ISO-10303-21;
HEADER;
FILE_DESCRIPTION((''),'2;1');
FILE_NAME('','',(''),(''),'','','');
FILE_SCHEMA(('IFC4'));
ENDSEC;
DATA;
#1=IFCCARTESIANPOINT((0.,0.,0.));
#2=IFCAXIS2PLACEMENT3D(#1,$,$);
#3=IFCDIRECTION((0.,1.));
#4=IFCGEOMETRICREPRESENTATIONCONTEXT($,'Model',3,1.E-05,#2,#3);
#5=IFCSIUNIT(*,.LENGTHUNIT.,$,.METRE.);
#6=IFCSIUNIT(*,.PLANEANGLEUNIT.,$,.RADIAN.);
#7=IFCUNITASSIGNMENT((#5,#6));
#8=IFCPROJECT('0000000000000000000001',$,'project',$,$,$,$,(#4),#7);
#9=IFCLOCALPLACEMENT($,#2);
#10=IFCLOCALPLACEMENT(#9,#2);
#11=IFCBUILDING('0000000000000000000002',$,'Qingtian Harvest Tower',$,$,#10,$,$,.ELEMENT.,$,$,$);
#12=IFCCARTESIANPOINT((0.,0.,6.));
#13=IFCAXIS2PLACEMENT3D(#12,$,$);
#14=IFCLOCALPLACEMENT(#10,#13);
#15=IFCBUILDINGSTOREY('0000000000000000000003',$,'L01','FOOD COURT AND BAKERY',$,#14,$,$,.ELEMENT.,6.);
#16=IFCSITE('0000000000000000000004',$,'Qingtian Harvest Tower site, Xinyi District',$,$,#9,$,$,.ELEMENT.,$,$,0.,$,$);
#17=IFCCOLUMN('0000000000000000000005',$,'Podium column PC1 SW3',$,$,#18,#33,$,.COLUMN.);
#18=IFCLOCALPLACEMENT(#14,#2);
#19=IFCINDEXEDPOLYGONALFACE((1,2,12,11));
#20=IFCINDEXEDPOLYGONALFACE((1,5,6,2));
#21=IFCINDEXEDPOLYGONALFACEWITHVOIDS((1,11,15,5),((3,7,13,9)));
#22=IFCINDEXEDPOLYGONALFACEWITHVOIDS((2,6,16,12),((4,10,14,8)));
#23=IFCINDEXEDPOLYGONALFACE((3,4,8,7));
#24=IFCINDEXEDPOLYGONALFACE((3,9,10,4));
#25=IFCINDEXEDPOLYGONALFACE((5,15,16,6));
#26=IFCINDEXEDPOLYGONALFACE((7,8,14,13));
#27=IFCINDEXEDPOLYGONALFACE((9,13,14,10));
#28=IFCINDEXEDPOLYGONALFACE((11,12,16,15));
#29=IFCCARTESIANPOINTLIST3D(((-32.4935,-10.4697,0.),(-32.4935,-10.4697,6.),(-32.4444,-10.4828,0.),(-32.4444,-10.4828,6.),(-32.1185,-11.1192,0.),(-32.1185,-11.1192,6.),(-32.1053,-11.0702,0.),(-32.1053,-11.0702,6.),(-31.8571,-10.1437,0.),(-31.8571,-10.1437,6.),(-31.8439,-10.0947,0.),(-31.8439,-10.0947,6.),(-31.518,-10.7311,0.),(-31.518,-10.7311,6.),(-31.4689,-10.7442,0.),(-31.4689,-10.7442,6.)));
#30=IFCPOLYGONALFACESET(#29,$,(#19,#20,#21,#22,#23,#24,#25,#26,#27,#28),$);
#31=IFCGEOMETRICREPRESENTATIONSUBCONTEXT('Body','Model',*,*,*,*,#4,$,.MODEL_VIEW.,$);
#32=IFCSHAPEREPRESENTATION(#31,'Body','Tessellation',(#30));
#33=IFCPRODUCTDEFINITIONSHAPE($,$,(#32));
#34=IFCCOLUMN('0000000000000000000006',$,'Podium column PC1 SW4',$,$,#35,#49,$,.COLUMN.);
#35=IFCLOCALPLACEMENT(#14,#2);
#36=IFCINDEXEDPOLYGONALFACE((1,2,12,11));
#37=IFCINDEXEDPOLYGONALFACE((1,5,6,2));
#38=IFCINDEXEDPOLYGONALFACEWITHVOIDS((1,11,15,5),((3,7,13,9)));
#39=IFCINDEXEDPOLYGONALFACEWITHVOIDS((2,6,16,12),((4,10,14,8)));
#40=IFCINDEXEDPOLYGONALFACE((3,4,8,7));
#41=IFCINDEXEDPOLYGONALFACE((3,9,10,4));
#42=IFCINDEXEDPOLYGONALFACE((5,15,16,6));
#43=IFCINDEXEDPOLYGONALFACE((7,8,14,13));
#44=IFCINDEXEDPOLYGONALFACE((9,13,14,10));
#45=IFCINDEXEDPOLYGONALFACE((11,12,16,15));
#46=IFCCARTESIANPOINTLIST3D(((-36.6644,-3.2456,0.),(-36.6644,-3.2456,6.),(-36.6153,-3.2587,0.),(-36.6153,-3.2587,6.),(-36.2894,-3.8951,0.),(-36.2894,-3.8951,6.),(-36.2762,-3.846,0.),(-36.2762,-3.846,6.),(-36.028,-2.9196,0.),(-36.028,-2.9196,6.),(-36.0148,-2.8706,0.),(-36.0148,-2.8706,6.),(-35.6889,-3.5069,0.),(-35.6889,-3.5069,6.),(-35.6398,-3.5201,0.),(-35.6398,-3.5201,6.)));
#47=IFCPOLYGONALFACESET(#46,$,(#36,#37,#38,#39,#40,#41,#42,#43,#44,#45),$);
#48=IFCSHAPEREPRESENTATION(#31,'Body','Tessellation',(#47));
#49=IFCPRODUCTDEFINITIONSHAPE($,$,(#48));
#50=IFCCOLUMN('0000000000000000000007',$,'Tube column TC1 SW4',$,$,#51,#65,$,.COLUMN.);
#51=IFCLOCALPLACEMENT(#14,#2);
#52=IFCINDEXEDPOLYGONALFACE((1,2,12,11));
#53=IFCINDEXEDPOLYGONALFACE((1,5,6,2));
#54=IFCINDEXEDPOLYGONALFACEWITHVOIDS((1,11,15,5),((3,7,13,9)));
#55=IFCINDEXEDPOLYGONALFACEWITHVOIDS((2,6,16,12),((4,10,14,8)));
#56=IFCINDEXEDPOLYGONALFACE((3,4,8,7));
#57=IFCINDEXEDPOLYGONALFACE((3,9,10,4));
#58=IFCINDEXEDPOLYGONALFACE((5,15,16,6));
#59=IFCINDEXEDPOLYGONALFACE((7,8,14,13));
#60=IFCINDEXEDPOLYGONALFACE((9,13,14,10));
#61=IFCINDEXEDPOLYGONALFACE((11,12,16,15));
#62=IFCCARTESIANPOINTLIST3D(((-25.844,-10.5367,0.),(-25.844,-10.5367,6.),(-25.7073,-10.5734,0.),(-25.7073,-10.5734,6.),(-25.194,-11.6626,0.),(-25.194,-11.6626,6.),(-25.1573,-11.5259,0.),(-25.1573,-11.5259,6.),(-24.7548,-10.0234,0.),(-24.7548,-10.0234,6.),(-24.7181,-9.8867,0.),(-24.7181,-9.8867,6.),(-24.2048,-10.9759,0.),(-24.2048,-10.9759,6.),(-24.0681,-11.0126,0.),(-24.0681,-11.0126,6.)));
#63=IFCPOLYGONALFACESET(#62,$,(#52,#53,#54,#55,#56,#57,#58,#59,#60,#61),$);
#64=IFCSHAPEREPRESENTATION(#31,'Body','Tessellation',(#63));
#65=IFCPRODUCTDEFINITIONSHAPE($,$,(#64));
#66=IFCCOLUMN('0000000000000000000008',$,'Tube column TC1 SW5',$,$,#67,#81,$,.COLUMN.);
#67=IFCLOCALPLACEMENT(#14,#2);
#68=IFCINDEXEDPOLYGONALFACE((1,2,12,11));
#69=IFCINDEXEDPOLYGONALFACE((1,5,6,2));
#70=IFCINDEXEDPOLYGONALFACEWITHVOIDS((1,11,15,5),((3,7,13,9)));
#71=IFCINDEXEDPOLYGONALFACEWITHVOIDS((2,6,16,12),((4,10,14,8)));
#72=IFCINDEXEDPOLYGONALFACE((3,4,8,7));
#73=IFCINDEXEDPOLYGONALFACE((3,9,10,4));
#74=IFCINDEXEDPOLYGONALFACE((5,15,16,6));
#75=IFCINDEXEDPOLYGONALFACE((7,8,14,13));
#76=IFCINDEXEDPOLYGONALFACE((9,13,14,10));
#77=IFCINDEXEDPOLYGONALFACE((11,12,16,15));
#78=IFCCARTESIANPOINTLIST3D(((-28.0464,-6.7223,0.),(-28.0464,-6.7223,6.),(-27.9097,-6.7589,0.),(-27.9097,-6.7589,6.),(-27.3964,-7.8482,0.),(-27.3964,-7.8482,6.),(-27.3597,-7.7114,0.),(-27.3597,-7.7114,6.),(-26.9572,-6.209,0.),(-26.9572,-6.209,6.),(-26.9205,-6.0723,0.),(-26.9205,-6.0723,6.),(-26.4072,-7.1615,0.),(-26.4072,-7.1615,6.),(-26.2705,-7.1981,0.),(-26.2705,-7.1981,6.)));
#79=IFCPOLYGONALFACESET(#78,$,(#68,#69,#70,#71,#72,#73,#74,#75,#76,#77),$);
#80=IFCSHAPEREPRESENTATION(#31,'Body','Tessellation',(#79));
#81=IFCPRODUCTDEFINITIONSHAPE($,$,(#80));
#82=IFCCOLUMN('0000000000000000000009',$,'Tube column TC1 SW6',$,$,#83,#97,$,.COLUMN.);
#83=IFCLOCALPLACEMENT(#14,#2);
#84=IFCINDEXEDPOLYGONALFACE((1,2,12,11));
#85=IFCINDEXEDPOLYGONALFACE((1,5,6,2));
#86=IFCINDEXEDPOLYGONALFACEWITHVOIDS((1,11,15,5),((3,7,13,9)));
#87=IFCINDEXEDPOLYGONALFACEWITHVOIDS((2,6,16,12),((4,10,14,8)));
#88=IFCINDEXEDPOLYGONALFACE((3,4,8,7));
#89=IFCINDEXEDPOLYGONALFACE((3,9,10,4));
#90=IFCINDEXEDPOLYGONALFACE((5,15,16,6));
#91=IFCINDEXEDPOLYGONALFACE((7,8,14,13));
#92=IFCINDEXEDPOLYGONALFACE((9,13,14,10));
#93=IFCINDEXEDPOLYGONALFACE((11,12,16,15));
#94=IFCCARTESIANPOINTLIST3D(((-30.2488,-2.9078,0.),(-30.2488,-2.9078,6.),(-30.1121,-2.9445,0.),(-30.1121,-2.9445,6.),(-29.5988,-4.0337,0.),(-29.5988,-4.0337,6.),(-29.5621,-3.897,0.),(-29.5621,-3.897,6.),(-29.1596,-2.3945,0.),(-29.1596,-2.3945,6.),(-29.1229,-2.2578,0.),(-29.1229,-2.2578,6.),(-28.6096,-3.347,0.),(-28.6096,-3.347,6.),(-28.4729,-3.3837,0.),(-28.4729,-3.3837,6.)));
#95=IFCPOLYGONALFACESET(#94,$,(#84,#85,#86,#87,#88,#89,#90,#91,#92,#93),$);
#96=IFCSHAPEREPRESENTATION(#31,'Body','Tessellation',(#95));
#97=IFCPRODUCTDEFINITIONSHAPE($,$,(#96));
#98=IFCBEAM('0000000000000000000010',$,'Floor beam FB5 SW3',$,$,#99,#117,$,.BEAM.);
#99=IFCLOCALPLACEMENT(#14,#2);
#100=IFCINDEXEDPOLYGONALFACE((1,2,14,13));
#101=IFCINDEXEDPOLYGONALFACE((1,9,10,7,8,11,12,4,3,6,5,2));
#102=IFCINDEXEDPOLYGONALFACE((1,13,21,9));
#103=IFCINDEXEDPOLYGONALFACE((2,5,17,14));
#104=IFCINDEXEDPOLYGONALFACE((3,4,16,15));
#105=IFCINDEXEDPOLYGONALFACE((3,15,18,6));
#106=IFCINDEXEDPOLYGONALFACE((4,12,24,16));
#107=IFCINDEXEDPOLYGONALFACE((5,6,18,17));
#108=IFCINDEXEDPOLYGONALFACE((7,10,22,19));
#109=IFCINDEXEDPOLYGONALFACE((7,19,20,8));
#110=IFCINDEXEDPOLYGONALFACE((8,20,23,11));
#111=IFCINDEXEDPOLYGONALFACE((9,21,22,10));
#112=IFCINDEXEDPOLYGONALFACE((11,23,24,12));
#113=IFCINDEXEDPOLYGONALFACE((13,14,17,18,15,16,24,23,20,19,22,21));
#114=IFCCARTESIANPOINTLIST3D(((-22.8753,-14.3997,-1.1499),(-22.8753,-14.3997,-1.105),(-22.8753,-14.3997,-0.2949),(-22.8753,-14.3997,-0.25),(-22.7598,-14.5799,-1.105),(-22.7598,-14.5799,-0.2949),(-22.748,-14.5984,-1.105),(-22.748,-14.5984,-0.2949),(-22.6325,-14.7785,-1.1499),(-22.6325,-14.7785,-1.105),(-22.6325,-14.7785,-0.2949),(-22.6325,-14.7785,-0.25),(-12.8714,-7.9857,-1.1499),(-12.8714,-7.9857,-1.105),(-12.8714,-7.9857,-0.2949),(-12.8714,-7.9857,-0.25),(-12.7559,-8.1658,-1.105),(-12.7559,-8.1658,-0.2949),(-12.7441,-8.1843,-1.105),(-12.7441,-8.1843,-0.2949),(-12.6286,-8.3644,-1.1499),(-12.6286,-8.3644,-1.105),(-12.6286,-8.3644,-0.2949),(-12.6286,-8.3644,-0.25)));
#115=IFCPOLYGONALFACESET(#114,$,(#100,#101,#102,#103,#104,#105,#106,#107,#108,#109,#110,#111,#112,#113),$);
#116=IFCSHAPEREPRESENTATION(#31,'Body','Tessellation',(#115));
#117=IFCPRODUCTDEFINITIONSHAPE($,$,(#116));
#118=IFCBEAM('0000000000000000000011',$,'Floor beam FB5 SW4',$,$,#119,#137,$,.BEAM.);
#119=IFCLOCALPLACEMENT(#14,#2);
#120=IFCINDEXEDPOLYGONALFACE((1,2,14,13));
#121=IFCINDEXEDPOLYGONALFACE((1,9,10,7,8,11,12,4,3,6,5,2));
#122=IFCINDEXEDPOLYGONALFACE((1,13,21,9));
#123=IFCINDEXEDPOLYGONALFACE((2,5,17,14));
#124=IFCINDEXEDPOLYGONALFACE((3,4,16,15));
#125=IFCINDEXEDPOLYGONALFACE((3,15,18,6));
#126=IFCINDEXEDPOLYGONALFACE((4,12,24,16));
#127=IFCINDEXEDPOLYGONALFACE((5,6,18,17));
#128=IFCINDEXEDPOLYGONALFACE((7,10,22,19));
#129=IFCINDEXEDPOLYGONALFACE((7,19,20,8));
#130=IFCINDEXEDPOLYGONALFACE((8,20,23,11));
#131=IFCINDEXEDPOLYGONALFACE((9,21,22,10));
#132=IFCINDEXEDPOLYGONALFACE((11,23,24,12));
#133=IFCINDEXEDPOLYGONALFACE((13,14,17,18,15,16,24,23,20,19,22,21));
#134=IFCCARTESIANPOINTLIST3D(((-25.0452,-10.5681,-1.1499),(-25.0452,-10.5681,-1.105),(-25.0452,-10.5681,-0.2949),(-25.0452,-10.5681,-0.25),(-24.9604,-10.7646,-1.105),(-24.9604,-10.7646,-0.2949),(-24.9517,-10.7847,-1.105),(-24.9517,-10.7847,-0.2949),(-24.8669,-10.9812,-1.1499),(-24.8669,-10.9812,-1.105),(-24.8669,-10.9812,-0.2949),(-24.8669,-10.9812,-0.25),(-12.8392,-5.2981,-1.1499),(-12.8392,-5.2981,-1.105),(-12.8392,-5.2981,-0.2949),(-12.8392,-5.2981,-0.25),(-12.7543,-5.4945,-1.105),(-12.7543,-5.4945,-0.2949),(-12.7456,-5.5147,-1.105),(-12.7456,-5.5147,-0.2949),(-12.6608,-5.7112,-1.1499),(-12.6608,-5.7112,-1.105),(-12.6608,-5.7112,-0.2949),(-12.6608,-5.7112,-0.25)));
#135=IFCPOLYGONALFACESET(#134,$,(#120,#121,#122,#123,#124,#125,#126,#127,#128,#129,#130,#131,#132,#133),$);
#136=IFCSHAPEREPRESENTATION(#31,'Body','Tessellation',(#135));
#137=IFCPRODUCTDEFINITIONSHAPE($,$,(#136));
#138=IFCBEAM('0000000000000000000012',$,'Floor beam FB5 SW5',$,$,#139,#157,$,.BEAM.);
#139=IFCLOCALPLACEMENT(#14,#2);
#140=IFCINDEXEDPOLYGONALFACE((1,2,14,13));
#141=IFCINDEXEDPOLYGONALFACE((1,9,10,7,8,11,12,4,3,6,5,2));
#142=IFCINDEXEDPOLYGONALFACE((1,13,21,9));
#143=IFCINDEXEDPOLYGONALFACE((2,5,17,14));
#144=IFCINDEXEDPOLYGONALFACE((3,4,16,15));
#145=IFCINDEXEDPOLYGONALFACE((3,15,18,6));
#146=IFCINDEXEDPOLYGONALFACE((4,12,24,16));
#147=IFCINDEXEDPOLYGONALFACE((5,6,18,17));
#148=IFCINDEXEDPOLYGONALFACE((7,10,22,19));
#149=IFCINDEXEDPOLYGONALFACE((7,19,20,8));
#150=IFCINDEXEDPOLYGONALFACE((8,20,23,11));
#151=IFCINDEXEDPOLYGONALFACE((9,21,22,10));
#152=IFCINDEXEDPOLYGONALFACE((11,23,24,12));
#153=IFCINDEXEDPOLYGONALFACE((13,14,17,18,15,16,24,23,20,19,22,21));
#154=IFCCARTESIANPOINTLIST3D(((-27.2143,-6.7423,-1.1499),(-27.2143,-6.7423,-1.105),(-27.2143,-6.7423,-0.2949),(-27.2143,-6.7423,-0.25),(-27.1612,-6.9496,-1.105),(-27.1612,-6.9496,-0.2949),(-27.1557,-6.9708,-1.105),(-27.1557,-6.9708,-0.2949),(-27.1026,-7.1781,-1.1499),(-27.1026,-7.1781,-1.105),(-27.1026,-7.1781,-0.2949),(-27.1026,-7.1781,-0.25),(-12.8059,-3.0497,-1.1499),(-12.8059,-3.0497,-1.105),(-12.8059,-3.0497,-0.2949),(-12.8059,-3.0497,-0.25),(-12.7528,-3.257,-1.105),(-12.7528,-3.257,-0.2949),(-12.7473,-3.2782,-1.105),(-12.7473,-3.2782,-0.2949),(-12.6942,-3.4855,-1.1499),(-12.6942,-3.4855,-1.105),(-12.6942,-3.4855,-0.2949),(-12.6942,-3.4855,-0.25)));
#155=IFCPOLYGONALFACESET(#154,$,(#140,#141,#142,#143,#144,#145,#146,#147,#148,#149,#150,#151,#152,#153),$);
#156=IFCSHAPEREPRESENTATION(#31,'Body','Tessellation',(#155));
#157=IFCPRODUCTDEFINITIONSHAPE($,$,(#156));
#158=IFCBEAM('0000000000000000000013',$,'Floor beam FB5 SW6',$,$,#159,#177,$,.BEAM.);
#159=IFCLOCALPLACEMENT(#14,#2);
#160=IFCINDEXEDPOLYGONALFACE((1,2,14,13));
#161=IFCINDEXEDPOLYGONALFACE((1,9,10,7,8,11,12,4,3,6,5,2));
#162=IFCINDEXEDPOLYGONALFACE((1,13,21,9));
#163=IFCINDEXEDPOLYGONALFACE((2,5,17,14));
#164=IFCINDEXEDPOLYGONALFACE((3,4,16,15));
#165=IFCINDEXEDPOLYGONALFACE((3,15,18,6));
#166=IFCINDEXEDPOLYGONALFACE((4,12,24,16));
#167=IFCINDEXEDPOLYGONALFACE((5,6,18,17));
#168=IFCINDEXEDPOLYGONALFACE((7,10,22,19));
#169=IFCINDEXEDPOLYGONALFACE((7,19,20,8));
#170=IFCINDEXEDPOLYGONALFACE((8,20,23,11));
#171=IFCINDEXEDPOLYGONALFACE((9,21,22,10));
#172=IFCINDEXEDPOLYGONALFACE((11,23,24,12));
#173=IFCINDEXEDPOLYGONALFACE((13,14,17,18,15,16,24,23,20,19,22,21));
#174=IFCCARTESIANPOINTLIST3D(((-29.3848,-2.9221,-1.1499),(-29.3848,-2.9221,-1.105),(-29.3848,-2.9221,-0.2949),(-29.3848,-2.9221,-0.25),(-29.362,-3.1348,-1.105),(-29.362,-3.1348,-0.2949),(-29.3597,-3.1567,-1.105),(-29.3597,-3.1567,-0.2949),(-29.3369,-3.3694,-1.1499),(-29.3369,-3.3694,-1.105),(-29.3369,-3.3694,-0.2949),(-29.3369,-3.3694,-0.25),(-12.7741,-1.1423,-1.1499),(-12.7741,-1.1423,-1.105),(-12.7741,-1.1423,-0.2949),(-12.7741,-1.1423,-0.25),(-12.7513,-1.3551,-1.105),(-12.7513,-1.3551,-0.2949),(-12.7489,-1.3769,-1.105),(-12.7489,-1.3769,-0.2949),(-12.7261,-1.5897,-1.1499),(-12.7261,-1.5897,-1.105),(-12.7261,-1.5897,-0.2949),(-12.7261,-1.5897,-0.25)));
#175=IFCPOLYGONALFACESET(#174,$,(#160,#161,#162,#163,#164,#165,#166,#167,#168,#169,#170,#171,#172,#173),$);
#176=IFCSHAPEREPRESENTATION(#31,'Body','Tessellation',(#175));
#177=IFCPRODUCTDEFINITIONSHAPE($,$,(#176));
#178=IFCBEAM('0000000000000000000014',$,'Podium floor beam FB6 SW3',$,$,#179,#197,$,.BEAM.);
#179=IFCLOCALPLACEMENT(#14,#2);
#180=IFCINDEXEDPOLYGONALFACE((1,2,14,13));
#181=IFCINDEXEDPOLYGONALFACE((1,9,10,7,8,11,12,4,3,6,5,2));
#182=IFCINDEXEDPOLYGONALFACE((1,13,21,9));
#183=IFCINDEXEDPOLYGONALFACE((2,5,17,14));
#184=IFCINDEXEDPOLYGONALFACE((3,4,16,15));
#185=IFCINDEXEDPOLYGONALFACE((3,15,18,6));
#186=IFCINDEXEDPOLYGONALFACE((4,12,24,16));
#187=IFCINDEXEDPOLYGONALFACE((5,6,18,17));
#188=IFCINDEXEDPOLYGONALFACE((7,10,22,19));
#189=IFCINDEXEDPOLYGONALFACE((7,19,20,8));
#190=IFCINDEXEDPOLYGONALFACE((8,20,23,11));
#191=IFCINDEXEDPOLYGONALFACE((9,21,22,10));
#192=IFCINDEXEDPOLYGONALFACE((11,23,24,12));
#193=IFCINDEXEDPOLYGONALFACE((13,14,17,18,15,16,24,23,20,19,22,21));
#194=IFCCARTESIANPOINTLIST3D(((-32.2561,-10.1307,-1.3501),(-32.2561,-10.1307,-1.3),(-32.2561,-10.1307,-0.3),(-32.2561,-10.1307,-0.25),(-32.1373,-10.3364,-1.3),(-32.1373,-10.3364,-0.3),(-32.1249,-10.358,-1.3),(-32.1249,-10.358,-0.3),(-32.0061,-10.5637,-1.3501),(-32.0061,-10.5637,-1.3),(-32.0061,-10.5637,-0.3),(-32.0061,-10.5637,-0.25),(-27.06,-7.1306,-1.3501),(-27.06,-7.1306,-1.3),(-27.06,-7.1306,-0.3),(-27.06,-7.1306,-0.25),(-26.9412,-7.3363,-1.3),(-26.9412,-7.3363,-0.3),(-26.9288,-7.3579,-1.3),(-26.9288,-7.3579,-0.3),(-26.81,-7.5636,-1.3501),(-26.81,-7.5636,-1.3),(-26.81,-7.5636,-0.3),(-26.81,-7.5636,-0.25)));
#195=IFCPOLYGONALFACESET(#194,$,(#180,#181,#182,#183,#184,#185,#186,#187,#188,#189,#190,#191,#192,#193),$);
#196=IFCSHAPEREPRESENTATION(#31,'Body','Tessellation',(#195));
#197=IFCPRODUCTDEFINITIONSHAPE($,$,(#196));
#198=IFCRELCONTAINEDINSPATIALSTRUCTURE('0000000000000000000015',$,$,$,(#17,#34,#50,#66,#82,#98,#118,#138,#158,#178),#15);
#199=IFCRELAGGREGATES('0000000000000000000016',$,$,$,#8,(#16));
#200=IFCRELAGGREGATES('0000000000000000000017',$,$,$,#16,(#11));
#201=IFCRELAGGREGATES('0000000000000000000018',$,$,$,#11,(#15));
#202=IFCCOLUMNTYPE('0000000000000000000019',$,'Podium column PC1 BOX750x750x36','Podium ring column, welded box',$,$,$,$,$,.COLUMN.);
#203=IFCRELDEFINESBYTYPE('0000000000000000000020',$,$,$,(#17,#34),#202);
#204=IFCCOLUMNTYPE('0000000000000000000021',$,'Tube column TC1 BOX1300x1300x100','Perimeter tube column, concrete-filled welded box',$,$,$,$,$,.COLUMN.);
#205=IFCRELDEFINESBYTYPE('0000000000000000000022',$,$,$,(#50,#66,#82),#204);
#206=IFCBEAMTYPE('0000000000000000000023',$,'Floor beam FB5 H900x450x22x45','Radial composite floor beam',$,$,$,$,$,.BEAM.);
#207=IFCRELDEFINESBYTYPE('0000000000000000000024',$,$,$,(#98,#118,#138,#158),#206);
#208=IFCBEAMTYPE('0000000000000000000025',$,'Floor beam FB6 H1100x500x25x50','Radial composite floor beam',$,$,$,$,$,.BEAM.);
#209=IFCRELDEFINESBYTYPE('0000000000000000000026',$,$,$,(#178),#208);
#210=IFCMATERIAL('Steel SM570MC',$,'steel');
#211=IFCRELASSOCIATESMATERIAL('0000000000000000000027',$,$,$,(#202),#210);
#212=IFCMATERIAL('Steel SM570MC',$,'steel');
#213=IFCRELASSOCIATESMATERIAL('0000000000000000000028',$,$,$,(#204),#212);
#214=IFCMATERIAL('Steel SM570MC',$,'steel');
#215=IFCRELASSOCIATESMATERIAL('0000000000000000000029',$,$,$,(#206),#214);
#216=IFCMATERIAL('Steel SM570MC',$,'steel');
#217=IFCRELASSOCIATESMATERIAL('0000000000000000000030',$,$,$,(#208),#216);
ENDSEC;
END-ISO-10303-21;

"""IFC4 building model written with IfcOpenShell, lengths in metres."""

from ifc_helpers import new_model, si_unit, direction, frame, origin, origin_2d, place, context, subcontext, project, spatial, hollow_rectangle, i_section, extrude, material, material_profile, profile_set, type_object, element, save


model = new_model("IFC4")

# Units and contexts
model_context = context("Model", 3, precision=1e-05, world=origin(), true_north=direction((0.0, 1.0)))
body_context = subcontext(model_context, "Body", "Model", "MODEL_VIEW")
ifc_project = project(units=[si_unit("LENGTHUNIT", "METRE"), si_unit("PLANEANGLEUNIT", "RADIAN")], contexts=[model_context])

# Site, building, storey
site_placement = place(None, origin())
site = spatial("IfcSite", under=ifc_project, at=site_placement, Name="Qingtian Harvest Tower site, Xinyi District", CompositionType="ELEMENT", RefElevation=0.0)
building_placement = place(site_placement, origin())
building = spatial("IfcBuilding", under=site, at=building_placement, Name="Qingtian Harvest Tower", CompositionType="ELEMENT")
storey_placement = place(building_placement, frame((0.0, 0.0, 6.0)))
storey = spatial("IfcBuildingStorey", under=building, at=storey_placement, Name="L01", Description="FOOD COURT AND BAKERY", CompositionType="ELEMENT", Elevation=6.0)

# Columns
ifc_material_1 = material(Name="Steel SM570MC", Category="steel")
ifc_material_profile_1 = material_profile(ifc_material_1, hollow_rectangle(XDim=0.75, YDim=0.75, WallThickness=0.0359, at=origin_2d()), Name="BOX750x750x36")
ifc_profile_set_1 = profile_set([ifc_material_profile_1], Name="Steel SM570MC")
column_type_1 = type_object("IfcColumnType", Name="Podium column PC1 BOX750x750x36", Description="Podium ring column, welded box", PredefinedType="COLUMN", material=ifc_profile_set_1)
for number, where, z_axis, x_axis, name in (
    (1, (-31.9812, -10.6069, 0.0), (0.0, 0.0, 1.0), (0.5, -0.866025, 0.0), "Podium column PC1 SW3"),
    (2, (-36.1521, -3.3828, 0.0), (0.0, 0.0, 1.0), (0.5, -0.866025, 0.0), "Podium column PC1 SW4"),
):
    element("IfcColumn", number, at=place(storey_placement, frame(where, z_axis=z_axis, x_axis=x_axis)), inside=storey, type_object=column_type_1, Name=name, PredefinedType="COLUMN", context=body_context, shape_type="SweptSolid", body=[
        extrude(hollow_rectangle(XDim=0.75, YDim=0.75, WallThickness=0.0359, at=origin_2d()), origin(), (0.0, 0.0, 1.0), 6.0),
    ])
ifc_material_2 = material(Name="Steel SM570MC", Category="steel")
ifc_material_profile_2 = material_profile(ifc_material_2, hollow_rectangle(XDim=1.3, YDim=1.3, WallThickness=0.1001, at=origin_2d()), Name="BOX1300x1300x100")
ifc_profile_set_2 = profile_set([ifc_material_profile_2], Name="Steel SM570MC")
column_type_2 = type_object("IfcColumnType", Name="Tube column TC1 BOX1300x1300x100", Description="Perimeter tube column, concrete-filled welded box", PredefinedType="COLUMN", material=ifc_profile_set_2)
for number, where, z_axis, x_axis, name in (
    (3, (-24.9561, -10.7747, 0.0), (0.0, 0.0, 1.0), (0.5, -0.866025, 0.0), "Tube column TC1 SW4"),
    (4, (-27.1584, -6.9602, 0.0), (0.0, 0.0, 1.0), (0.5, -0.866025, 0.0), "Tube column TC1 SW5"),
    (5, (-29.3608, -3.1458, 0.0), (0.0, 0.0, 1.0), (0.5, -0.866025, 0.0), "Tube column TC1 SW6"),
):
    element("IfcColumn", number, at=place(storey_placement, frame(where, z_axis=z_axis, x_axis=x_axis)), inside=storey, type_object=column_type_2, Name=name, PredefinedType="COLUMN", context=body_context, shape_type="SweptSolid", body=[
        extrude(hollow_rectangle(XDim=1.3, YDim=1.3, WallThickness=0.1001, at=origin_2d()), origin(), (0.0, 0.0, 1.0), 6.0),
    ])

# Beams
ifc_material_3 = material(Name="Steel SM570MC", Category="steel")
ifc_material_profile_3 = material_profile(ifc_material_3, i_section(OverallWidth=0.45, OverallDepth=0.8999, WebThickness=0.022, FlangeThickness=0.0449, at=origin_2d()), Name="H900x450x22x45")
ifc_profile_set_3 = profile_set([ifc_material_profile_3], Name="Steel SM570MC")
beam_type_1 = type_object("IfcBeamType", Name="Floor beam FB5 H900x450x22x45", Description="Radial composite floor beam", PredefinedType="BEAM", material=ifc_profile_set_3)
beam_1_placement = place(storey_placement, frame((-22.7539, -14.5891, -0.7), z_axis=(0.841829, 0.539744, 0.0), x_axis=(-0.539744, 0.841829, 0.0)))
element("IfcBeam", 6, at=beam_1_placement, inside=storey, type_object=beam_type_1, Name="Floor beam FB5 SW3", PredefinedType="BEAM", context=body_context, shape_type="SweptSolid", body=[
    extrude(i_section(OverallWidth=0.45, OverallDepth=0.8999, WebThickness=0.022, FlangeThickness=0.0449, at=origin_2d()), origin(), (0.0, 0.0, 1.0), 11.8835),
])
beam_2_placement = place(storey_placement, frame((-24.9561, -10.7747, -0.7), z_axis=(0.918084, 0.396387, 0.0), x_axis=(-0.396387, 0.918084, 0.0)))
element("IfcBeam", 7, at=beam_2_placement, inside=storey, type_object=beam_type_1, Name="Floor beam FB5 SW4", PredefinedType="BEAM", context=body_context, shape_type="SweptSolid", body=[
    extrude(i_section(OverallWidth=0.45, OverallDepth=0.8999, WebThickness=0.022, FlangeThickness=0.0449, at=origin_2d()), origin(), (0.0, 0.0, 1.0), 13.2952),
])
beam_3_placement = place(storey_placement, frame((-27.1584, -6.9602, -0.7), z_axis=(0.968694, 0.248259, 0.0), x_axis=(-0.248259, 0.968694, 0.0)))
element("IfcBeam", 8, at=beam_3_placement, inside=storey, type_object=beam_type_1, Name="Floor beam FB5 SW5", PredefinedType="BEAM", context=body_context, shape_type="SweptSolid", body=[
    extrude(i_section(OverallWidth=0.45, OverallDepth=0.8999, WebThickness=0.022, FlangeThickness=0.0449, at=origin_2d()), origin(), (0.0, 0.0, 1.0), 14.874),
])
beam_4_placement = place(storey_placement, frame((-29.3608, -3.1458, -0.7), z_axis=(0.994309, 0.106536, 0.0), x_axis=(-0.106536, 0.994309, 0.0)))
element("IfcBeam", 9, at=beam_4_placement, inside=storey, type_object=beam_type_1, Name="Floor beam FB5 SW6", PredefinedType="BEAM", context=body_context, shape_type="SweptSolid", body=[
    extrude(i_section(OverallWidth=0.45, OverallDepth=0.8999, WebThickness=0.022, FlangeThickness=0.0449, at=origin_2d()), origin(), (0.0, 0.0, 1.0), 16.7058),
])
ifc_material_4 = material(Name="Steel SM570MC", Category="steel")
ifc_material_profile_4 = material_profile(ifc_material_4, i_section(OverallWidth=0.5, OverallDepth=1.1001, WebThickness=0.0249, FlangeThickness=0.05, at=origin_2d()), Name="H1100x500x25x50")
ifc_profile_set_4 = profile_set([ifc_material_profile_4], Name="Steel SM570MC")
beam_type_2 = type_object("IfcBeamType", Name="Floor beam FB6 H1100x500x25x50", Description="Radial composite floor beam", PredefinedType="BEAM", material=ifc_profile_set_4)
beam_5_placement = place(storey_placement, frame((-32.1311, -10.3472, -0.8), z_axis=(0.866021, 0.500008, 0.0), x_axis=(-0.500008, 0.866021, 0.0)))
element("IfcBeam", 10, at=beam_5_placement, inside=storey, type_object=beam_type_2, Name="Podium floor beam FB6 SW3", PredefinedType="BEAM", context=body_context, shape_type="SweptSolid", body=[
    extrude(i_section(OverallWidth=0.5, OverallDepth=1.1001, WebThickness=0.0249, FlangeThickness=0.05, at=origin_2d()), origin(), (0.0, 0.0, 1.0), 6.0),
])

save(model, "model.ifc")
